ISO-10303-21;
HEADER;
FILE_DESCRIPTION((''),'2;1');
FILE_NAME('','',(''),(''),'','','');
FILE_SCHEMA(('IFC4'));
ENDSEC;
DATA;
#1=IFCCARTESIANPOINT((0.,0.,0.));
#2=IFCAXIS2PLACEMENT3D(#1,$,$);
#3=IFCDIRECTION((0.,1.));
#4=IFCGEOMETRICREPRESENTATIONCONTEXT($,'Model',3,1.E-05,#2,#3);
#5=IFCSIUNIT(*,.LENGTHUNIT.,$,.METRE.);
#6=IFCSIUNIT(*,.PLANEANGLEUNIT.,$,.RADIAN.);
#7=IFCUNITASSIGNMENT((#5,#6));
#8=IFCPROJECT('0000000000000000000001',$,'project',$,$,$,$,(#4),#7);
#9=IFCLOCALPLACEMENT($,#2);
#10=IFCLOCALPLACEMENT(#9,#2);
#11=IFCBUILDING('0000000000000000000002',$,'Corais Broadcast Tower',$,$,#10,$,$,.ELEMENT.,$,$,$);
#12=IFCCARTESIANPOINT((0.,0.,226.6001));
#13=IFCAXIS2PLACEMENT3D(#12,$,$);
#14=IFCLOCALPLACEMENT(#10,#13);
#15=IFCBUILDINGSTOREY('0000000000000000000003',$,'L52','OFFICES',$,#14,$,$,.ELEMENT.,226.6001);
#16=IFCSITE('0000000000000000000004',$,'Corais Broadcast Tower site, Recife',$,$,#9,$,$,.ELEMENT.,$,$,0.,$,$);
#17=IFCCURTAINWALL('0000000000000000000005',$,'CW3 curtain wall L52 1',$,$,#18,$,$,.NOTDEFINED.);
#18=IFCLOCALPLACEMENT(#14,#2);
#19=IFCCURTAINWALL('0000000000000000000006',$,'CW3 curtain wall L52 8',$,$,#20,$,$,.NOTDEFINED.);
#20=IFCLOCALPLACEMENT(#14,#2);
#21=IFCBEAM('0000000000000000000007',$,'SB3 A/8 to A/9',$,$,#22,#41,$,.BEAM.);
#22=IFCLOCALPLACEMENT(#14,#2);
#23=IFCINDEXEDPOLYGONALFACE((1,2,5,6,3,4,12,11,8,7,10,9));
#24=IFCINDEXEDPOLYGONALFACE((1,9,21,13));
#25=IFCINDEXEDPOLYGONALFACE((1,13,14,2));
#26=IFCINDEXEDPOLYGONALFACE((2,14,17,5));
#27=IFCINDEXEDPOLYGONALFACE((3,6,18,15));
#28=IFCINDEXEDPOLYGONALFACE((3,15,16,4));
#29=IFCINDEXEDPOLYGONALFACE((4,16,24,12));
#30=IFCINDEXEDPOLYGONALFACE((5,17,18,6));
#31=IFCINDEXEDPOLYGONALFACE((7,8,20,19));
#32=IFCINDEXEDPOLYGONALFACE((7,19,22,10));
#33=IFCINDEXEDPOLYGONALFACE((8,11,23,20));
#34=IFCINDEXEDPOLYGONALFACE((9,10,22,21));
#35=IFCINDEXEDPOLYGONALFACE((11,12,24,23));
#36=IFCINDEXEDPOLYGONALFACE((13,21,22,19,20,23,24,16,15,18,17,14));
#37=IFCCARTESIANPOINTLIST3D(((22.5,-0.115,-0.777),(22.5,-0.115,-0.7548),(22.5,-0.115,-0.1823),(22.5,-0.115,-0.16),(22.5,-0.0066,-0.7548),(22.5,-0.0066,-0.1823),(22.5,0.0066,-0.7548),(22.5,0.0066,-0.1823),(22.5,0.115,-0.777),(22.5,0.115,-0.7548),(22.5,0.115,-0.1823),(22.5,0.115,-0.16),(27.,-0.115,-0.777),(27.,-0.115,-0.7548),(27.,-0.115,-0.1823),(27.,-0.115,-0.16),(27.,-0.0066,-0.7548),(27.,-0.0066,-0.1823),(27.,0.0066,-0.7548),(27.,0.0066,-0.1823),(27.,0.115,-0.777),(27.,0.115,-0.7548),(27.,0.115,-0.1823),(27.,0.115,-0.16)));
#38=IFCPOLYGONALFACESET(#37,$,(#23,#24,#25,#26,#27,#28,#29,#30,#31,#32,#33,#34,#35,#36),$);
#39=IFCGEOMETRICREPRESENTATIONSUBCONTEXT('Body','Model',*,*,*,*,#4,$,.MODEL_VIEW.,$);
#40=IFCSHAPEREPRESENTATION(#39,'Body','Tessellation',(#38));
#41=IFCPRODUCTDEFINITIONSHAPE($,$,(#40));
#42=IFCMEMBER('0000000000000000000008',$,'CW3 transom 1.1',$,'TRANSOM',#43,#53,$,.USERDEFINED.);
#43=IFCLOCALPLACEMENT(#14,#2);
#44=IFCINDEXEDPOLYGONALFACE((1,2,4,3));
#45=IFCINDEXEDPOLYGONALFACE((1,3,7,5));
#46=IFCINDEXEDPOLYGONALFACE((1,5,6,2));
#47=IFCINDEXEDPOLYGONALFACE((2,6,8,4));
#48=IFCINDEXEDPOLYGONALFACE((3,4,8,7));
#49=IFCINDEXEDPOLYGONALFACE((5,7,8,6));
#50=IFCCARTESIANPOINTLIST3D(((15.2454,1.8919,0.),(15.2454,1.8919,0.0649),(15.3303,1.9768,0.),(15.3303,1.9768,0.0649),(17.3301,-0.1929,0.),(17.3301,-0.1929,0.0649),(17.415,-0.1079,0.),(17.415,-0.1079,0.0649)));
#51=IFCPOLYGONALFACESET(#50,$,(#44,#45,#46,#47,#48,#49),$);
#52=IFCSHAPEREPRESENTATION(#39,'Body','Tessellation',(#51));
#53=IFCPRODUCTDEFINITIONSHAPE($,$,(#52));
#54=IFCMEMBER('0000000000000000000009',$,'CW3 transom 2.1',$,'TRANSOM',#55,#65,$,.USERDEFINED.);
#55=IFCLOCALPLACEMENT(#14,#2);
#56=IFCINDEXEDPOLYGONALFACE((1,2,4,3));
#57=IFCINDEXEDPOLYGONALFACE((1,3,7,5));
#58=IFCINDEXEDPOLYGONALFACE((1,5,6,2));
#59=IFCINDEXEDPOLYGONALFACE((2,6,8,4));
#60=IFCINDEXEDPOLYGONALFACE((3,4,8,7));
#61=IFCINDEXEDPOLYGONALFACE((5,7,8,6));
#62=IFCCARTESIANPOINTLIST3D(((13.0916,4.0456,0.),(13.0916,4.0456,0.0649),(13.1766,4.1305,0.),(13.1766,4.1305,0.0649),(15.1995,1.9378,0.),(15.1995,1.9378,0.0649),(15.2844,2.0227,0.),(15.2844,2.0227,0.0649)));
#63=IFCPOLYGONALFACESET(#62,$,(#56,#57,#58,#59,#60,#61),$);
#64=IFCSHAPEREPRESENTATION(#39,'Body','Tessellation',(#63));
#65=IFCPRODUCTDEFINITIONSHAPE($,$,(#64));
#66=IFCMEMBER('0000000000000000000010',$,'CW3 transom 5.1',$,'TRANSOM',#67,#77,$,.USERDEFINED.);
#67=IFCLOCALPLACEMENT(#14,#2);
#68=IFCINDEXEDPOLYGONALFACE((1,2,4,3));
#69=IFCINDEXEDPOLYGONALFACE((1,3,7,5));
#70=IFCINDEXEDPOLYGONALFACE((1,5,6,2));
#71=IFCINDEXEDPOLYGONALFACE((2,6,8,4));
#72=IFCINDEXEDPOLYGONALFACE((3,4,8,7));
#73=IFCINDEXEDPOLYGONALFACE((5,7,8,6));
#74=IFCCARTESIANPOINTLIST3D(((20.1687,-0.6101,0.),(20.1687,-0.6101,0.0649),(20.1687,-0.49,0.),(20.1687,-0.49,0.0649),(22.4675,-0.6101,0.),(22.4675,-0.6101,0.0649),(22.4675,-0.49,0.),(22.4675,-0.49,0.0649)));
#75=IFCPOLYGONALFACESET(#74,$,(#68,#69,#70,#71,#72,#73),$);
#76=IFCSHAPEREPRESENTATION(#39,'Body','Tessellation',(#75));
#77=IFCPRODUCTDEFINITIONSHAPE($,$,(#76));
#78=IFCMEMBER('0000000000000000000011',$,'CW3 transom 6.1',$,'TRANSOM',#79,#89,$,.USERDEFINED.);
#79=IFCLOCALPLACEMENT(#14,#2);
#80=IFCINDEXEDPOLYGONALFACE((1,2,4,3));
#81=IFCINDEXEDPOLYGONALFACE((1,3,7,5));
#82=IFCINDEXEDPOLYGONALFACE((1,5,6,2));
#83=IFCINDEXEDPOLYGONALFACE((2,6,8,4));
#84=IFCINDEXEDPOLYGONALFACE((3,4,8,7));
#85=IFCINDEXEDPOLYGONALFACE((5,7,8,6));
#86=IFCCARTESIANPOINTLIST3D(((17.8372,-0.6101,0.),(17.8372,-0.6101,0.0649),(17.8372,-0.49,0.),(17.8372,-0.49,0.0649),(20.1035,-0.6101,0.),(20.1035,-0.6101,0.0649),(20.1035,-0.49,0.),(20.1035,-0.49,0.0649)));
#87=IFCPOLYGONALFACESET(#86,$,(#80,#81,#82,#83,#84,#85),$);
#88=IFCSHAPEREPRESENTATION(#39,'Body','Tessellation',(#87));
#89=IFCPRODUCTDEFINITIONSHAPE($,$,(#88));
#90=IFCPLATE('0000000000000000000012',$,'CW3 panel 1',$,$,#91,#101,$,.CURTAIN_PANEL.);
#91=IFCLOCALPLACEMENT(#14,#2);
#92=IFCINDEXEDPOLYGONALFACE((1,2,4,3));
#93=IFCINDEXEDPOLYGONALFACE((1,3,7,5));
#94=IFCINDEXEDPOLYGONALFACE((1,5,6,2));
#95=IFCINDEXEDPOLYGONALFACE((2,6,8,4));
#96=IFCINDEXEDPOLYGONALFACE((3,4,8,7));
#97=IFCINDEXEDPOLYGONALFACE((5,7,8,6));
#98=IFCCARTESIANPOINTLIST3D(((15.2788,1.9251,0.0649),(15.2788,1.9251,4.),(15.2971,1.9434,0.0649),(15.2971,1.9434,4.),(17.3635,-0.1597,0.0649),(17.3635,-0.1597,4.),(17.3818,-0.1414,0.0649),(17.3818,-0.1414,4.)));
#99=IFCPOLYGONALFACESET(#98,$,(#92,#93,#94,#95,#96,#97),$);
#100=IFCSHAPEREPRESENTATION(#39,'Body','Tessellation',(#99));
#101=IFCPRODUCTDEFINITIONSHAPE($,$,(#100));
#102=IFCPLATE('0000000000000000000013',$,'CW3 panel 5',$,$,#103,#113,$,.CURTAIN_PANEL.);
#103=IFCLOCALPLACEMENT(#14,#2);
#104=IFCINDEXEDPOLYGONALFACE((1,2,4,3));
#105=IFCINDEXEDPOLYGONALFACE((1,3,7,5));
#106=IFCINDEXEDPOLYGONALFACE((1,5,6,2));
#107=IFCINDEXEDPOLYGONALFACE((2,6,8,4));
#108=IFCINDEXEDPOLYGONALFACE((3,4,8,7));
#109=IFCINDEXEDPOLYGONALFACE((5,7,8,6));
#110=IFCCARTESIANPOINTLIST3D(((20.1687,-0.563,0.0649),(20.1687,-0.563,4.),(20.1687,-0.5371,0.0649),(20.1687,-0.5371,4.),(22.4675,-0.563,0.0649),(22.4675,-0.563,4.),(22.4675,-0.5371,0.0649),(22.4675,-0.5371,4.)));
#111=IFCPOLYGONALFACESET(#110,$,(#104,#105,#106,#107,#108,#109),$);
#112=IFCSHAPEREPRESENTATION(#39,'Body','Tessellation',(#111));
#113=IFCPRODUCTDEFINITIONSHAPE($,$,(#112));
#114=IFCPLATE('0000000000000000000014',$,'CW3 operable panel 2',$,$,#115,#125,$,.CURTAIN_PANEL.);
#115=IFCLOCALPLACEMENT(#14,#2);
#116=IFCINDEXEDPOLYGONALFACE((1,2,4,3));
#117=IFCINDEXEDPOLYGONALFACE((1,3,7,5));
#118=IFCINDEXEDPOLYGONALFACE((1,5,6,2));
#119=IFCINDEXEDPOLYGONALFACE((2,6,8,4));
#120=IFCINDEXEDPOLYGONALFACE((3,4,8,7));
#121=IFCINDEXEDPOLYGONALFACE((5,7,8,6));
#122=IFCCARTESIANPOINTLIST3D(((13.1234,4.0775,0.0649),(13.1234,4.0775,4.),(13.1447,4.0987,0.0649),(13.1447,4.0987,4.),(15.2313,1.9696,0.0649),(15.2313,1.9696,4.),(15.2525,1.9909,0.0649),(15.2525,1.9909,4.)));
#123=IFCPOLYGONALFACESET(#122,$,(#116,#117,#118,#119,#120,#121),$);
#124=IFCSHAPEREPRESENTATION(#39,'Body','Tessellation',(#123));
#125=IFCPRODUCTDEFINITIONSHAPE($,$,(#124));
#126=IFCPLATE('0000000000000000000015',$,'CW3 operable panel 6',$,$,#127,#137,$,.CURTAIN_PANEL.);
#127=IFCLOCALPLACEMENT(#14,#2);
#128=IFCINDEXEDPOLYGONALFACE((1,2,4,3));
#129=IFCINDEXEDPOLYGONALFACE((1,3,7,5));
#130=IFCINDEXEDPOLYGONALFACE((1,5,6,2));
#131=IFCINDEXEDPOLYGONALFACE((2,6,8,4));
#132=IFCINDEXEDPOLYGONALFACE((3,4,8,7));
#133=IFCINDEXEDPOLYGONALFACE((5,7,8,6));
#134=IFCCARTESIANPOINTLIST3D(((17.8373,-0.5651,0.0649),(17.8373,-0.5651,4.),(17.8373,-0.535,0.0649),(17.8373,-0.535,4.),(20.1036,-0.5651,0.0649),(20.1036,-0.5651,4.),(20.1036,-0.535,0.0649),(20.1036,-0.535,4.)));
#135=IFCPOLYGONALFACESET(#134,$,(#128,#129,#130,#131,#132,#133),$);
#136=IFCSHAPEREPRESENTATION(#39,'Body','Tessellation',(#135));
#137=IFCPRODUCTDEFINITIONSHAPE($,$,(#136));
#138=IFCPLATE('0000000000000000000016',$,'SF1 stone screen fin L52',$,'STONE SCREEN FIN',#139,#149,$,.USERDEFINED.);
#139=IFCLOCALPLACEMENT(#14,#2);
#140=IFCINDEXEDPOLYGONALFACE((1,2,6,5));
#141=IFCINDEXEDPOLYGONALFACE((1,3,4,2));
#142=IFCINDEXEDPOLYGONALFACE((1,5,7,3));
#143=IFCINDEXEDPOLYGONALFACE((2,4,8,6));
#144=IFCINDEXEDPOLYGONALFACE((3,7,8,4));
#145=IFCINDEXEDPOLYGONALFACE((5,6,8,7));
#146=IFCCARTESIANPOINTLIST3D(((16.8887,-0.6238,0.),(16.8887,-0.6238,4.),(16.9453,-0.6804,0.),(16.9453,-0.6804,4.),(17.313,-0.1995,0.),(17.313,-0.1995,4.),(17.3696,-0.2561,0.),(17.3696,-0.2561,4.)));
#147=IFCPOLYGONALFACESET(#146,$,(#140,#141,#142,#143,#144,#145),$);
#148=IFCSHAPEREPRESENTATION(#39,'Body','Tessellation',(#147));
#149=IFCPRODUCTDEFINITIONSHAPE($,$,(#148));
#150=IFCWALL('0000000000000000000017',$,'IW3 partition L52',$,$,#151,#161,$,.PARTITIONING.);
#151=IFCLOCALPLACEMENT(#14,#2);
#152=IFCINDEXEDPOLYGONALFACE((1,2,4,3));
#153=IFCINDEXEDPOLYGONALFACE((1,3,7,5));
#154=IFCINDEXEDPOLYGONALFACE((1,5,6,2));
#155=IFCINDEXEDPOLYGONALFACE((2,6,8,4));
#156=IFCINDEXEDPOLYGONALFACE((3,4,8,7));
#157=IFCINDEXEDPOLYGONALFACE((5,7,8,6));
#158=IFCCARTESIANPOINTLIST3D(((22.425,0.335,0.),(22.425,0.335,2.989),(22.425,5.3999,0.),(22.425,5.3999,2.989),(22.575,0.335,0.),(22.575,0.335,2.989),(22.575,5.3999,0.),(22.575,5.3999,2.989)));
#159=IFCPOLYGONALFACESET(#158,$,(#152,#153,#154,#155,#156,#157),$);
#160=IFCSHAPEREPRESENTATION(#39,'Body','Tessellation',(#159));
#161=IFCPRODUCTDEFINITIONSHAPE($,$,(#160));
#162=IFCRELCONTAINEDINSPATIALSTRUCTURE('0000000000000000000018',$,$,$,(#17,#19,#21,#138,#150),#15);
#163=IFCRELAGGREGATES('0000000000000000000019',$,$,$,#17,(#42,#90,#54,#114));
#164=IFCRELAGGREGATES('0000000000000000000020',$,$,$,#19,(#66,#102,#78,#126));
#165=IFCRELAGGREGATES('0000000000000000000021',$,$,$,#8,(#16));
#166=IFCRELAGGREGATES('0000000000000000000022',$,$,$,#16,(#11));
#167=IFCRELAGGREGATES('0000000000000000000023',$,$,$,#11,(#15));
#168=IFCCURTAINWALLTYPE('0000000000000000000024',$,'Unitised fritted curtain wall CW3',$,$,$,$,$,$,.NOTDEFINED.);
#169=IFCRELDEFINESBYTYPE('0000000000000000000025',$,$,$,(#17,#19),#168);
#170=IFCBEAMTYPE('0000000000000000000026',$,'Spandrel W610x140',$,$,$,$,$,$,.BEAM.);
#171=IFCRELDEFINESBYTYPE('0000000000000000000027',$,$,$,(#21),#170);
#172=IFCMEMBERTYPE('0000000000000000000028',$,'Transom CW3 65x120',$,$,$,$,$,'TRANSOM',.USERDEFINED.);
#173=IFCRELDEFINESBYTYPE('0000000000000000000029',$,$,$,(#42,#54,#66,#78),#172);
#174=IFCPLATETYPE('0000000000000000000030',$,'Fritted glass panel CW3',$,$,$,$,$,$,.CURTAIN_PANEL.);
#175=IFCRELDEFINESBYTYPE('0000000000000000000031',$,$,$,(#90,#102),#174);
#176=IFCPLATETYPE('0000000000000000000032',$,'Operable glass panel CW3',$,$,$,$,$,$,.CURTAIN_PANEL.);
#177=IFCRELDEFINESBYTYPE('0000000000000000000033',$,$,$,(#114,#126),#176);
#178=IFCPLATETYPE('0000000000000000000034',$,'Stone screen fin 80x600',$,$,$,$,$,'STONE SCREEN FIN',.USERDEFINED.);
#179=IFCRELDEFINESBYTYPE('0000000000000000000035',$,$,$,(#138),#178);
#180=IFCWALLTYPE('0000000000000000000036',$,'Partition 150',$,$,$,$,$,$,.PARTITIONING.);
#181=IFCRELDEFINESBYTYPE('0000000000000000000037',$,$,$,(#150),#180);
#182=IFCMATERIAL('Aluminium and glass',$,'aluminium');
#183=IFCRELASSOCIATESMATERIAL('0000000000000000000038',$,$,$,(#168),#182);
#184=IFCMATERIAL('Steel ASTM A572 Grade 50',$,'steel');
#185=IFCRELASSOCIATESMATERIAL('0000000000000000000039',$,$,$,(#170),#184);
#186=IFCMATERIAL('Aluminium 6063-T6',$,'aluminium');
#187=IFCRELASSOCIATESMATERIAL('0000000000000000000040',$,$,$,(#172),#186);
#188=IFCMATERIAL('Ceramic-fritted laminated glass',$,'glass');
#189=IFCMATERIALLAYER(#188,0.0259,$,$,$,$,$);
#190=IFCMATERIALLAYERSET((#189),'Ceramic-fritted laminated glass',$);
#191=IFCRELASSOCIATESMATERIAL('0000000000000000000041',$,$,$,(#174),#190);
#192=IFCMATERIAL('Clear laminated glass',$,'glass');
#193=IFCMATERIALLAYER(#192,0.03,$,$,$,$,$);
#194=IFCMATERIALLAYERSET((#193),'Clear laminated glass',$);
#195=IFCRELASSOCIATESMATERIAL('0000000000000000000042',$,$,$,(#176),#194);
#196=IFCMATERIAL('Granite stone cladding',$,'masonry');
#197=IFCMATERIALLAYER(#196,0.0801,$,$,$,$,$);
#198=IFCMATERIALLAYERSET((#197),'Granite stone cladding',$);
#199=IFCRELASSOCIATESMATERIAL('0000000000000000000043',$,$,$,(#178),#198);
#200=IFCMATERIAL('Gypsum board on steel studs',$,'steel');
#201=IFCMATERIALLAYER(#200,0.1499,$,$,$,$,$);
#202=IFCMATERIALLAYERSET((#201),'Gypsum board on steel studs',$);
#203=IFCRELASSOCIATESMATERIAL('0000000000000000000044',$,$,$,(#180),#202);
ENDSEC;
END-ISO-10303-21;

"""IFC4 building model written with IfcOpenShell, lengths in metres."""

from ifc_helpers import new_model, si_unit, direction, frame, frame_2d, origin, origin_2d, place, context, subcontext, project, spatial, rectangle, i_section, extrude, material, layer, layer_set, material_profile, profile_set, type_object, element, aggregate, save


model = new_model("IFC4")

# Units and contexts
model_context = context("Model", 3, precision=1e-05, world=origin(), true_north=direction((0.0, 1.0)))
body_context = subcontext(model_context, "Body", "Model", "MODEL_VIEW")
ifc_project = project(units=[si_unit("LENGTHUNIT", "METRE"), si_unit("PLANEANGLEUNIT", "RADIAN")], contexts=[model_context])

# Site, building, storey
site_placement = place(None, origin())
site = spatial("IfcSite", under=ifc_project, at=site_placement, Name="Corais Broadcast Tower site, Recife", CompositionType="ELEMENT", RefElevation=0.0)
building_placement = place(site_placement, origin())
building = spatial("IfcBuilding", under=site, at=building_placement, Name="Corais Broadcast Tower", CompositionType="ELEMENT")
storey_placement = place(building_placement, frame((0.0, 0.0, 226.6001)))
storey = spatial("IfcBuildingStorey", under=building, at=storey_placement, Name="L52", Description="OFFICES", CompositionType="ELEMENT", Elevation=226.6001)

# Curtain walls
ifc_material_1 = material(Name="Aluminium and glass", Category="aluminium")
curtain_wall_type = type_object("IfcCurtainWallType", Name="Unitised fritted curtain wall CW3", PredefinedType="NOTDEFINED", material=ifc_material_1)
curtain_wall_1_placement = place(storey_placement, origin())
curtain_wall_1 = element("IfcCurtainWall", 1, at=curtain_wall_1_placement, inside=storey, type_object=curtain_wall_type, Name="CW3 curtain wall L52 1", PredefinedType="NOTDEFINED")
curtain_wall_2_placement = place(storey_placement, origin())
curtain_wall_2 = element("IfcCurtainWall", 2, at=curtain_wall_2_placement, inside=storey, type_object=curtain_wall_type, Name="CW3 curtain wall L52 8", PredefinedType="NOTDEFINED")

# Beam
ifc_material_2 = material(Name="Steel ASTM A572 Grade 50", Category="steel")
ifc_material_profile_1 = material_profile(ifc_material_2, i_section(OverallWidth=0.23, OverallDepth=0.6169, WebThickness=0.0132, FlangeThickness=0.0222, at=origin_2d()), Name="W610x140")
ifc_profile_set_1 = profile_set([ifc_material_profile_1], Name="Steel ASTM A572 Grade 50")
beam_type_1 = type_object("IfcBeamType", Name="Spandrel W610x140", PredefinedType="BEAM", material=ifc_profile_set_1)
for number, where, z_axis, x_axis, name in (
    (3, (22.5, 0.0, -0.4685), (1.0, 0.0, 0.0), (0.0, 1.0, 0.0), "SB3 A/8 to A/9"),
):
    element("IfcBeam", number, at=place(storey_placement, frame(where, z_axis=z_axis, x_axis=x_axis)), inside=storey, type_object=beam_type_1, Name=name, PredefinedType="BEAM", context=body_context, shape_type="SweptSolid", body=[
        extrude(i_section(OverallWidth=0.23, OverallDepth=0.6169, WebThickness=0.0132, FlangeThickness=0.0222, at=origin_2d()), origin(), (0.0, 0.0, 1.0), 4.5),
    ])

# Members
ifc_material_3 = material(Name="Aluminium 6063-T6", Category="aluminium")
ifc_material_profile_2 = material_profile(ifc_material_3, rectangle(XDim=0.1201, YDim=0.0649, at=origin_2d()), Name="Transom CW3 65x120")
ifc_profile_set_2 = profile_set([ifc_material_profile_2], Name="Aluminium 6063-T6")
member_type_1 = type_object("IfcMemberType", Name="Transom CW3 65x120", ElementType="TRANSOM", PredefinedType="USERDEFINED", material=ifc_profile_set_2)
member_1_placement = place(storey_placement, frame((17.3726, -0.1504, 0.0325), z_axis=(-0.707107, 0.707107, 0.0), x_axis=(-0.707107, -0.707107, 0.0)))
member_1 = element("IfcMember", 4, at=member_1_placement, type_object=member_type_1, Name="CW3 transom 1.1", ObjectType="TRANSOM", PredefinedType="USERDEFINED", context=body_context, shape_type="SweptSolid", body=[
    extrude(rectangle(XDim=0.1201, YDim=0.0649, at=origin_2d()), origin(), (0.0, 0.0, 1.0), 2.9482),
])
member_2_placement = place(storey_placement, frame((15.2419, 1.9802, 0.0325), z_axis=(-0.707107, 0.707107, 0.0), x_axis=(-0.707107, -0.707107, 0.0)))
member_2 = element("IfcMember", 5, at=member_2_placement, type_object=member_type_1, Name="CW3 transom 2.1", ObjectType="TRANSOM", PredefinedType="USERDEFINED", context=body_context, shape_type="SweptSolid", body=[
    extrude(rectangle(XDim=0.1201, YDim=0.0649, at=origin_2d()), origin(), (0.0, 0.0, 1.0), 2.981),
])
member_3_placement = place(storey_placement, frame((22.4675, -0.55, 0.0325), z_axis=(-1.0, 0.0, 0.0), x_axis=(0.0, -1.0, 0.0)))
member_3 = element("IfcMember", 6, at=member_3_placement, type_object=member_type_1, Name="CW3 transom 5.1", ObjectType="TRANSOM", PredefinedType="USERDEFINED", context=body_context, shape_type="SweptSolid", body=[
    extrude(rectangle(XDim=0.1201, YDim=0.0649, at=origin_2d()), origin(), (0.0, 0.0, 1.0), 2.2988),
])
member_4_placement = place(storey_placement, frame((20.1035, -0.55, 0.0325), z_axis=(-1.0, 0.0, 0.0), x_axis=(0.0, -1.0, 0.0)))
member_4 = element("IfcMember", 7, at=member_4_placement, type_object=member_type_1, Name="CW3 transom 6.1", ObjectType="TRANSOM", PredefinedType="USERDEFINED", context=body_context, shape_type="SweptSolid", body=[
    extrude(rectangle(XDim=0.1201, YDim=0.0649, at=origin_2d()), origin(), (0.0, 0.0, 1.0), 2.2664),
])

# Plates
ifc_material_4 = material(Name="Ceramic-fritted laminated glass", Category="glass")
ifc_layer_1 = layer(ifc_material_4, 0.0259)
ifc_layer_set_1 = layer_set([ifc_layer_1], Name="Ceramic-fritted laminated glass")
plate_type_1 = type_object("IfcPlateType", Name="Fritted glass panel CW3", PredefinedType="CURTAIN_PANEL", material=ifc_layer_set_1)
plate_1_placement = place(storey_placement, frame((16.3303, 0.8918, 0.0649), z_axis=(0.0, 0.0, 1.0), x_axis=(-0.707107, 0.707107, 0.0)))
plate_1 = element("IfcPlate", 8, at=plate_1_placement, type_object=plate_type_1, Name="CW3 panel 1", PredefinedType="CURTAIN_PANEL", context=body_context, shape_type="SweptSolid", body=[
    extrude(rectangle(XDim=2.9482, YDim=0.0259, at=origin_2d()), origin(), (0.0, 0.0, 1.0), 3.9351),
])
plate_2_placement = place(storey_placement, frame((21.3181, -0.55, 0.0649), z_axis=(0.0, 0.0, 1.0), x_axis=(-1.0, 0.0, 0.0)))
plate_2 = element("IfcPlate", 9, at=plate_2_placement, type_object=plate_type_1, Name="CW3 panel 5", PredefinedType="CURTAIN_PANEL", context=body_context, shape_type="SweptSolid", body=[
    extrude(rectangle(XDim=2.2988, YDim=0.0259, at=origin_2d()), origin(), (0.0, 0.0, 1.0), 3.9351),
])
ifc_material_5 = material(Name="Clear laminated glass", Category="glass")
ifc_layer_2 = layer(ifc_material_5, 0.03)
ifc_layer_set_2 = layer_set([ifc_layer_2], Name="Clear laminated glass")
plate_type_2 = type_object("IfcPlateType", Name="Operable glass panel CW3", PredefinedType="CURTAIN_PANEL", material=ifc_layer_set_2)
plate_3_placement = place(storey_placement, frame((14.188, 3.0342, 0.0649), z_axis=(0.0, 0.0, 1.0), x_axis=(-0.707107, 0.707107, 0.0)))
plate_3 = element("IfcPlate", 10, at=plate_3_placement, type_object=plate_type_2, Name="CW3 operable panel 2", PredefinedType="CURTAIN_PANEL", context=body_context, shape_type="SweptSolid", body=[
    extrude(rectangle(XDim=2.981, YDim=0.03, at=origin_2d()), origin(), (0.0, 0.0, 1.0), 3.9351),
])
aggregate(curtain_wall_1, [member_1, plate_1, member_2, plate_3])
plate_4_placement = place(storey_placement, frame((18.9705, -0.55, 0.0649), z_axis=(0.0, 0.0, 1.0), x_axis=(-1.0, 0.0, 0.0)))
plate_4 = element("IfcPlate", 11, at=plate_4_placement, type_object=plate_type_2, Name="CW3 operable panel 6", PredefinedType="CURTAIN_PANEL", context=body_context, shape_type="SweptSolid", body=[
    extrude(rectangle(XDim=2.2664, YDim=0.03, at=origin_2d()), origin(), (0.0, 0.0, 1.0), 3.9351),
])
aggregate(curtain_wall_2, [member_3, plate_2, member_4, plate_4])
ifc_material_6 = material(Name="Granite stone cladding", Category="masonry")
ifc_layer_3 = layer(ifc_material_6, 0.0801)
ifc_layer_set_3 = layer_set([ifc_layer_3], Name="Granite stone cladding")
plate_type_3 = type_object("IfcPlateType", Name="Stone screen fin 80x600", ElementType="STONE SCREEN FIN", PredefinedType="USERDEFINED", material=ifc_layer_set_3)
plate_5_placement = place(storey_placement, frame((17.1292, -0.4399, 0.0), z_axis=(0.0, 0.0, 1.0), x_axis=(-0.707107, 0.707107, 0.0)))
element("IfcPlate", 12, at=plate_5_placement, inside=storey, type_object=plate_type_3, Name="SF1 stone screen fin L52", ObjectType="STONE SCREEN FIN", PredefinedType="USERDEFINED", context=body_context, shape_type="SweptSolid", body=[
    extrude(rectangle(XDim=0.0801, YDim=0.6001, at=origin_2d()), origin(), (0.0, 0.0, 1.0), 4.0),
])

# Wall
ifc_material_7 = material(Name="Gypsum board on steel studs", Category="steel")
ifc_layer_4 = layer(ifc_material_7, 0.1499)
ifc_layer_set_4 = layer_set([ifc_layer_4], Name="Gypsum board on steel studs")
wall_type = type_object("IfcWallType", Name="Partition 150", PredefinedType="PARTITIONING", material=ifc_layer_set_4)
wall_1_placement = place(storey_placement, frame((22.5, 0.335, 0.0), z_axis=(0.0, 0.0, 1.0), x_axis=(0.0, 1.0, 0.0)))
element("IfcWall", 13, at=wall_1_placement, inside=storey, type_object=wall_type, Name="IW3 partition L52", PredefinedType="PARTITIONING", context=body_context, shape_type="SweptSolid", body=[
    extrude(rectangle(XDim=5.0649, YDim=0.1499, at=frame_2d((2.5325, 0.0))), origin(), (0.0, 0.0, 1.0), 2.989),
])

save(model, "model.ifc")
